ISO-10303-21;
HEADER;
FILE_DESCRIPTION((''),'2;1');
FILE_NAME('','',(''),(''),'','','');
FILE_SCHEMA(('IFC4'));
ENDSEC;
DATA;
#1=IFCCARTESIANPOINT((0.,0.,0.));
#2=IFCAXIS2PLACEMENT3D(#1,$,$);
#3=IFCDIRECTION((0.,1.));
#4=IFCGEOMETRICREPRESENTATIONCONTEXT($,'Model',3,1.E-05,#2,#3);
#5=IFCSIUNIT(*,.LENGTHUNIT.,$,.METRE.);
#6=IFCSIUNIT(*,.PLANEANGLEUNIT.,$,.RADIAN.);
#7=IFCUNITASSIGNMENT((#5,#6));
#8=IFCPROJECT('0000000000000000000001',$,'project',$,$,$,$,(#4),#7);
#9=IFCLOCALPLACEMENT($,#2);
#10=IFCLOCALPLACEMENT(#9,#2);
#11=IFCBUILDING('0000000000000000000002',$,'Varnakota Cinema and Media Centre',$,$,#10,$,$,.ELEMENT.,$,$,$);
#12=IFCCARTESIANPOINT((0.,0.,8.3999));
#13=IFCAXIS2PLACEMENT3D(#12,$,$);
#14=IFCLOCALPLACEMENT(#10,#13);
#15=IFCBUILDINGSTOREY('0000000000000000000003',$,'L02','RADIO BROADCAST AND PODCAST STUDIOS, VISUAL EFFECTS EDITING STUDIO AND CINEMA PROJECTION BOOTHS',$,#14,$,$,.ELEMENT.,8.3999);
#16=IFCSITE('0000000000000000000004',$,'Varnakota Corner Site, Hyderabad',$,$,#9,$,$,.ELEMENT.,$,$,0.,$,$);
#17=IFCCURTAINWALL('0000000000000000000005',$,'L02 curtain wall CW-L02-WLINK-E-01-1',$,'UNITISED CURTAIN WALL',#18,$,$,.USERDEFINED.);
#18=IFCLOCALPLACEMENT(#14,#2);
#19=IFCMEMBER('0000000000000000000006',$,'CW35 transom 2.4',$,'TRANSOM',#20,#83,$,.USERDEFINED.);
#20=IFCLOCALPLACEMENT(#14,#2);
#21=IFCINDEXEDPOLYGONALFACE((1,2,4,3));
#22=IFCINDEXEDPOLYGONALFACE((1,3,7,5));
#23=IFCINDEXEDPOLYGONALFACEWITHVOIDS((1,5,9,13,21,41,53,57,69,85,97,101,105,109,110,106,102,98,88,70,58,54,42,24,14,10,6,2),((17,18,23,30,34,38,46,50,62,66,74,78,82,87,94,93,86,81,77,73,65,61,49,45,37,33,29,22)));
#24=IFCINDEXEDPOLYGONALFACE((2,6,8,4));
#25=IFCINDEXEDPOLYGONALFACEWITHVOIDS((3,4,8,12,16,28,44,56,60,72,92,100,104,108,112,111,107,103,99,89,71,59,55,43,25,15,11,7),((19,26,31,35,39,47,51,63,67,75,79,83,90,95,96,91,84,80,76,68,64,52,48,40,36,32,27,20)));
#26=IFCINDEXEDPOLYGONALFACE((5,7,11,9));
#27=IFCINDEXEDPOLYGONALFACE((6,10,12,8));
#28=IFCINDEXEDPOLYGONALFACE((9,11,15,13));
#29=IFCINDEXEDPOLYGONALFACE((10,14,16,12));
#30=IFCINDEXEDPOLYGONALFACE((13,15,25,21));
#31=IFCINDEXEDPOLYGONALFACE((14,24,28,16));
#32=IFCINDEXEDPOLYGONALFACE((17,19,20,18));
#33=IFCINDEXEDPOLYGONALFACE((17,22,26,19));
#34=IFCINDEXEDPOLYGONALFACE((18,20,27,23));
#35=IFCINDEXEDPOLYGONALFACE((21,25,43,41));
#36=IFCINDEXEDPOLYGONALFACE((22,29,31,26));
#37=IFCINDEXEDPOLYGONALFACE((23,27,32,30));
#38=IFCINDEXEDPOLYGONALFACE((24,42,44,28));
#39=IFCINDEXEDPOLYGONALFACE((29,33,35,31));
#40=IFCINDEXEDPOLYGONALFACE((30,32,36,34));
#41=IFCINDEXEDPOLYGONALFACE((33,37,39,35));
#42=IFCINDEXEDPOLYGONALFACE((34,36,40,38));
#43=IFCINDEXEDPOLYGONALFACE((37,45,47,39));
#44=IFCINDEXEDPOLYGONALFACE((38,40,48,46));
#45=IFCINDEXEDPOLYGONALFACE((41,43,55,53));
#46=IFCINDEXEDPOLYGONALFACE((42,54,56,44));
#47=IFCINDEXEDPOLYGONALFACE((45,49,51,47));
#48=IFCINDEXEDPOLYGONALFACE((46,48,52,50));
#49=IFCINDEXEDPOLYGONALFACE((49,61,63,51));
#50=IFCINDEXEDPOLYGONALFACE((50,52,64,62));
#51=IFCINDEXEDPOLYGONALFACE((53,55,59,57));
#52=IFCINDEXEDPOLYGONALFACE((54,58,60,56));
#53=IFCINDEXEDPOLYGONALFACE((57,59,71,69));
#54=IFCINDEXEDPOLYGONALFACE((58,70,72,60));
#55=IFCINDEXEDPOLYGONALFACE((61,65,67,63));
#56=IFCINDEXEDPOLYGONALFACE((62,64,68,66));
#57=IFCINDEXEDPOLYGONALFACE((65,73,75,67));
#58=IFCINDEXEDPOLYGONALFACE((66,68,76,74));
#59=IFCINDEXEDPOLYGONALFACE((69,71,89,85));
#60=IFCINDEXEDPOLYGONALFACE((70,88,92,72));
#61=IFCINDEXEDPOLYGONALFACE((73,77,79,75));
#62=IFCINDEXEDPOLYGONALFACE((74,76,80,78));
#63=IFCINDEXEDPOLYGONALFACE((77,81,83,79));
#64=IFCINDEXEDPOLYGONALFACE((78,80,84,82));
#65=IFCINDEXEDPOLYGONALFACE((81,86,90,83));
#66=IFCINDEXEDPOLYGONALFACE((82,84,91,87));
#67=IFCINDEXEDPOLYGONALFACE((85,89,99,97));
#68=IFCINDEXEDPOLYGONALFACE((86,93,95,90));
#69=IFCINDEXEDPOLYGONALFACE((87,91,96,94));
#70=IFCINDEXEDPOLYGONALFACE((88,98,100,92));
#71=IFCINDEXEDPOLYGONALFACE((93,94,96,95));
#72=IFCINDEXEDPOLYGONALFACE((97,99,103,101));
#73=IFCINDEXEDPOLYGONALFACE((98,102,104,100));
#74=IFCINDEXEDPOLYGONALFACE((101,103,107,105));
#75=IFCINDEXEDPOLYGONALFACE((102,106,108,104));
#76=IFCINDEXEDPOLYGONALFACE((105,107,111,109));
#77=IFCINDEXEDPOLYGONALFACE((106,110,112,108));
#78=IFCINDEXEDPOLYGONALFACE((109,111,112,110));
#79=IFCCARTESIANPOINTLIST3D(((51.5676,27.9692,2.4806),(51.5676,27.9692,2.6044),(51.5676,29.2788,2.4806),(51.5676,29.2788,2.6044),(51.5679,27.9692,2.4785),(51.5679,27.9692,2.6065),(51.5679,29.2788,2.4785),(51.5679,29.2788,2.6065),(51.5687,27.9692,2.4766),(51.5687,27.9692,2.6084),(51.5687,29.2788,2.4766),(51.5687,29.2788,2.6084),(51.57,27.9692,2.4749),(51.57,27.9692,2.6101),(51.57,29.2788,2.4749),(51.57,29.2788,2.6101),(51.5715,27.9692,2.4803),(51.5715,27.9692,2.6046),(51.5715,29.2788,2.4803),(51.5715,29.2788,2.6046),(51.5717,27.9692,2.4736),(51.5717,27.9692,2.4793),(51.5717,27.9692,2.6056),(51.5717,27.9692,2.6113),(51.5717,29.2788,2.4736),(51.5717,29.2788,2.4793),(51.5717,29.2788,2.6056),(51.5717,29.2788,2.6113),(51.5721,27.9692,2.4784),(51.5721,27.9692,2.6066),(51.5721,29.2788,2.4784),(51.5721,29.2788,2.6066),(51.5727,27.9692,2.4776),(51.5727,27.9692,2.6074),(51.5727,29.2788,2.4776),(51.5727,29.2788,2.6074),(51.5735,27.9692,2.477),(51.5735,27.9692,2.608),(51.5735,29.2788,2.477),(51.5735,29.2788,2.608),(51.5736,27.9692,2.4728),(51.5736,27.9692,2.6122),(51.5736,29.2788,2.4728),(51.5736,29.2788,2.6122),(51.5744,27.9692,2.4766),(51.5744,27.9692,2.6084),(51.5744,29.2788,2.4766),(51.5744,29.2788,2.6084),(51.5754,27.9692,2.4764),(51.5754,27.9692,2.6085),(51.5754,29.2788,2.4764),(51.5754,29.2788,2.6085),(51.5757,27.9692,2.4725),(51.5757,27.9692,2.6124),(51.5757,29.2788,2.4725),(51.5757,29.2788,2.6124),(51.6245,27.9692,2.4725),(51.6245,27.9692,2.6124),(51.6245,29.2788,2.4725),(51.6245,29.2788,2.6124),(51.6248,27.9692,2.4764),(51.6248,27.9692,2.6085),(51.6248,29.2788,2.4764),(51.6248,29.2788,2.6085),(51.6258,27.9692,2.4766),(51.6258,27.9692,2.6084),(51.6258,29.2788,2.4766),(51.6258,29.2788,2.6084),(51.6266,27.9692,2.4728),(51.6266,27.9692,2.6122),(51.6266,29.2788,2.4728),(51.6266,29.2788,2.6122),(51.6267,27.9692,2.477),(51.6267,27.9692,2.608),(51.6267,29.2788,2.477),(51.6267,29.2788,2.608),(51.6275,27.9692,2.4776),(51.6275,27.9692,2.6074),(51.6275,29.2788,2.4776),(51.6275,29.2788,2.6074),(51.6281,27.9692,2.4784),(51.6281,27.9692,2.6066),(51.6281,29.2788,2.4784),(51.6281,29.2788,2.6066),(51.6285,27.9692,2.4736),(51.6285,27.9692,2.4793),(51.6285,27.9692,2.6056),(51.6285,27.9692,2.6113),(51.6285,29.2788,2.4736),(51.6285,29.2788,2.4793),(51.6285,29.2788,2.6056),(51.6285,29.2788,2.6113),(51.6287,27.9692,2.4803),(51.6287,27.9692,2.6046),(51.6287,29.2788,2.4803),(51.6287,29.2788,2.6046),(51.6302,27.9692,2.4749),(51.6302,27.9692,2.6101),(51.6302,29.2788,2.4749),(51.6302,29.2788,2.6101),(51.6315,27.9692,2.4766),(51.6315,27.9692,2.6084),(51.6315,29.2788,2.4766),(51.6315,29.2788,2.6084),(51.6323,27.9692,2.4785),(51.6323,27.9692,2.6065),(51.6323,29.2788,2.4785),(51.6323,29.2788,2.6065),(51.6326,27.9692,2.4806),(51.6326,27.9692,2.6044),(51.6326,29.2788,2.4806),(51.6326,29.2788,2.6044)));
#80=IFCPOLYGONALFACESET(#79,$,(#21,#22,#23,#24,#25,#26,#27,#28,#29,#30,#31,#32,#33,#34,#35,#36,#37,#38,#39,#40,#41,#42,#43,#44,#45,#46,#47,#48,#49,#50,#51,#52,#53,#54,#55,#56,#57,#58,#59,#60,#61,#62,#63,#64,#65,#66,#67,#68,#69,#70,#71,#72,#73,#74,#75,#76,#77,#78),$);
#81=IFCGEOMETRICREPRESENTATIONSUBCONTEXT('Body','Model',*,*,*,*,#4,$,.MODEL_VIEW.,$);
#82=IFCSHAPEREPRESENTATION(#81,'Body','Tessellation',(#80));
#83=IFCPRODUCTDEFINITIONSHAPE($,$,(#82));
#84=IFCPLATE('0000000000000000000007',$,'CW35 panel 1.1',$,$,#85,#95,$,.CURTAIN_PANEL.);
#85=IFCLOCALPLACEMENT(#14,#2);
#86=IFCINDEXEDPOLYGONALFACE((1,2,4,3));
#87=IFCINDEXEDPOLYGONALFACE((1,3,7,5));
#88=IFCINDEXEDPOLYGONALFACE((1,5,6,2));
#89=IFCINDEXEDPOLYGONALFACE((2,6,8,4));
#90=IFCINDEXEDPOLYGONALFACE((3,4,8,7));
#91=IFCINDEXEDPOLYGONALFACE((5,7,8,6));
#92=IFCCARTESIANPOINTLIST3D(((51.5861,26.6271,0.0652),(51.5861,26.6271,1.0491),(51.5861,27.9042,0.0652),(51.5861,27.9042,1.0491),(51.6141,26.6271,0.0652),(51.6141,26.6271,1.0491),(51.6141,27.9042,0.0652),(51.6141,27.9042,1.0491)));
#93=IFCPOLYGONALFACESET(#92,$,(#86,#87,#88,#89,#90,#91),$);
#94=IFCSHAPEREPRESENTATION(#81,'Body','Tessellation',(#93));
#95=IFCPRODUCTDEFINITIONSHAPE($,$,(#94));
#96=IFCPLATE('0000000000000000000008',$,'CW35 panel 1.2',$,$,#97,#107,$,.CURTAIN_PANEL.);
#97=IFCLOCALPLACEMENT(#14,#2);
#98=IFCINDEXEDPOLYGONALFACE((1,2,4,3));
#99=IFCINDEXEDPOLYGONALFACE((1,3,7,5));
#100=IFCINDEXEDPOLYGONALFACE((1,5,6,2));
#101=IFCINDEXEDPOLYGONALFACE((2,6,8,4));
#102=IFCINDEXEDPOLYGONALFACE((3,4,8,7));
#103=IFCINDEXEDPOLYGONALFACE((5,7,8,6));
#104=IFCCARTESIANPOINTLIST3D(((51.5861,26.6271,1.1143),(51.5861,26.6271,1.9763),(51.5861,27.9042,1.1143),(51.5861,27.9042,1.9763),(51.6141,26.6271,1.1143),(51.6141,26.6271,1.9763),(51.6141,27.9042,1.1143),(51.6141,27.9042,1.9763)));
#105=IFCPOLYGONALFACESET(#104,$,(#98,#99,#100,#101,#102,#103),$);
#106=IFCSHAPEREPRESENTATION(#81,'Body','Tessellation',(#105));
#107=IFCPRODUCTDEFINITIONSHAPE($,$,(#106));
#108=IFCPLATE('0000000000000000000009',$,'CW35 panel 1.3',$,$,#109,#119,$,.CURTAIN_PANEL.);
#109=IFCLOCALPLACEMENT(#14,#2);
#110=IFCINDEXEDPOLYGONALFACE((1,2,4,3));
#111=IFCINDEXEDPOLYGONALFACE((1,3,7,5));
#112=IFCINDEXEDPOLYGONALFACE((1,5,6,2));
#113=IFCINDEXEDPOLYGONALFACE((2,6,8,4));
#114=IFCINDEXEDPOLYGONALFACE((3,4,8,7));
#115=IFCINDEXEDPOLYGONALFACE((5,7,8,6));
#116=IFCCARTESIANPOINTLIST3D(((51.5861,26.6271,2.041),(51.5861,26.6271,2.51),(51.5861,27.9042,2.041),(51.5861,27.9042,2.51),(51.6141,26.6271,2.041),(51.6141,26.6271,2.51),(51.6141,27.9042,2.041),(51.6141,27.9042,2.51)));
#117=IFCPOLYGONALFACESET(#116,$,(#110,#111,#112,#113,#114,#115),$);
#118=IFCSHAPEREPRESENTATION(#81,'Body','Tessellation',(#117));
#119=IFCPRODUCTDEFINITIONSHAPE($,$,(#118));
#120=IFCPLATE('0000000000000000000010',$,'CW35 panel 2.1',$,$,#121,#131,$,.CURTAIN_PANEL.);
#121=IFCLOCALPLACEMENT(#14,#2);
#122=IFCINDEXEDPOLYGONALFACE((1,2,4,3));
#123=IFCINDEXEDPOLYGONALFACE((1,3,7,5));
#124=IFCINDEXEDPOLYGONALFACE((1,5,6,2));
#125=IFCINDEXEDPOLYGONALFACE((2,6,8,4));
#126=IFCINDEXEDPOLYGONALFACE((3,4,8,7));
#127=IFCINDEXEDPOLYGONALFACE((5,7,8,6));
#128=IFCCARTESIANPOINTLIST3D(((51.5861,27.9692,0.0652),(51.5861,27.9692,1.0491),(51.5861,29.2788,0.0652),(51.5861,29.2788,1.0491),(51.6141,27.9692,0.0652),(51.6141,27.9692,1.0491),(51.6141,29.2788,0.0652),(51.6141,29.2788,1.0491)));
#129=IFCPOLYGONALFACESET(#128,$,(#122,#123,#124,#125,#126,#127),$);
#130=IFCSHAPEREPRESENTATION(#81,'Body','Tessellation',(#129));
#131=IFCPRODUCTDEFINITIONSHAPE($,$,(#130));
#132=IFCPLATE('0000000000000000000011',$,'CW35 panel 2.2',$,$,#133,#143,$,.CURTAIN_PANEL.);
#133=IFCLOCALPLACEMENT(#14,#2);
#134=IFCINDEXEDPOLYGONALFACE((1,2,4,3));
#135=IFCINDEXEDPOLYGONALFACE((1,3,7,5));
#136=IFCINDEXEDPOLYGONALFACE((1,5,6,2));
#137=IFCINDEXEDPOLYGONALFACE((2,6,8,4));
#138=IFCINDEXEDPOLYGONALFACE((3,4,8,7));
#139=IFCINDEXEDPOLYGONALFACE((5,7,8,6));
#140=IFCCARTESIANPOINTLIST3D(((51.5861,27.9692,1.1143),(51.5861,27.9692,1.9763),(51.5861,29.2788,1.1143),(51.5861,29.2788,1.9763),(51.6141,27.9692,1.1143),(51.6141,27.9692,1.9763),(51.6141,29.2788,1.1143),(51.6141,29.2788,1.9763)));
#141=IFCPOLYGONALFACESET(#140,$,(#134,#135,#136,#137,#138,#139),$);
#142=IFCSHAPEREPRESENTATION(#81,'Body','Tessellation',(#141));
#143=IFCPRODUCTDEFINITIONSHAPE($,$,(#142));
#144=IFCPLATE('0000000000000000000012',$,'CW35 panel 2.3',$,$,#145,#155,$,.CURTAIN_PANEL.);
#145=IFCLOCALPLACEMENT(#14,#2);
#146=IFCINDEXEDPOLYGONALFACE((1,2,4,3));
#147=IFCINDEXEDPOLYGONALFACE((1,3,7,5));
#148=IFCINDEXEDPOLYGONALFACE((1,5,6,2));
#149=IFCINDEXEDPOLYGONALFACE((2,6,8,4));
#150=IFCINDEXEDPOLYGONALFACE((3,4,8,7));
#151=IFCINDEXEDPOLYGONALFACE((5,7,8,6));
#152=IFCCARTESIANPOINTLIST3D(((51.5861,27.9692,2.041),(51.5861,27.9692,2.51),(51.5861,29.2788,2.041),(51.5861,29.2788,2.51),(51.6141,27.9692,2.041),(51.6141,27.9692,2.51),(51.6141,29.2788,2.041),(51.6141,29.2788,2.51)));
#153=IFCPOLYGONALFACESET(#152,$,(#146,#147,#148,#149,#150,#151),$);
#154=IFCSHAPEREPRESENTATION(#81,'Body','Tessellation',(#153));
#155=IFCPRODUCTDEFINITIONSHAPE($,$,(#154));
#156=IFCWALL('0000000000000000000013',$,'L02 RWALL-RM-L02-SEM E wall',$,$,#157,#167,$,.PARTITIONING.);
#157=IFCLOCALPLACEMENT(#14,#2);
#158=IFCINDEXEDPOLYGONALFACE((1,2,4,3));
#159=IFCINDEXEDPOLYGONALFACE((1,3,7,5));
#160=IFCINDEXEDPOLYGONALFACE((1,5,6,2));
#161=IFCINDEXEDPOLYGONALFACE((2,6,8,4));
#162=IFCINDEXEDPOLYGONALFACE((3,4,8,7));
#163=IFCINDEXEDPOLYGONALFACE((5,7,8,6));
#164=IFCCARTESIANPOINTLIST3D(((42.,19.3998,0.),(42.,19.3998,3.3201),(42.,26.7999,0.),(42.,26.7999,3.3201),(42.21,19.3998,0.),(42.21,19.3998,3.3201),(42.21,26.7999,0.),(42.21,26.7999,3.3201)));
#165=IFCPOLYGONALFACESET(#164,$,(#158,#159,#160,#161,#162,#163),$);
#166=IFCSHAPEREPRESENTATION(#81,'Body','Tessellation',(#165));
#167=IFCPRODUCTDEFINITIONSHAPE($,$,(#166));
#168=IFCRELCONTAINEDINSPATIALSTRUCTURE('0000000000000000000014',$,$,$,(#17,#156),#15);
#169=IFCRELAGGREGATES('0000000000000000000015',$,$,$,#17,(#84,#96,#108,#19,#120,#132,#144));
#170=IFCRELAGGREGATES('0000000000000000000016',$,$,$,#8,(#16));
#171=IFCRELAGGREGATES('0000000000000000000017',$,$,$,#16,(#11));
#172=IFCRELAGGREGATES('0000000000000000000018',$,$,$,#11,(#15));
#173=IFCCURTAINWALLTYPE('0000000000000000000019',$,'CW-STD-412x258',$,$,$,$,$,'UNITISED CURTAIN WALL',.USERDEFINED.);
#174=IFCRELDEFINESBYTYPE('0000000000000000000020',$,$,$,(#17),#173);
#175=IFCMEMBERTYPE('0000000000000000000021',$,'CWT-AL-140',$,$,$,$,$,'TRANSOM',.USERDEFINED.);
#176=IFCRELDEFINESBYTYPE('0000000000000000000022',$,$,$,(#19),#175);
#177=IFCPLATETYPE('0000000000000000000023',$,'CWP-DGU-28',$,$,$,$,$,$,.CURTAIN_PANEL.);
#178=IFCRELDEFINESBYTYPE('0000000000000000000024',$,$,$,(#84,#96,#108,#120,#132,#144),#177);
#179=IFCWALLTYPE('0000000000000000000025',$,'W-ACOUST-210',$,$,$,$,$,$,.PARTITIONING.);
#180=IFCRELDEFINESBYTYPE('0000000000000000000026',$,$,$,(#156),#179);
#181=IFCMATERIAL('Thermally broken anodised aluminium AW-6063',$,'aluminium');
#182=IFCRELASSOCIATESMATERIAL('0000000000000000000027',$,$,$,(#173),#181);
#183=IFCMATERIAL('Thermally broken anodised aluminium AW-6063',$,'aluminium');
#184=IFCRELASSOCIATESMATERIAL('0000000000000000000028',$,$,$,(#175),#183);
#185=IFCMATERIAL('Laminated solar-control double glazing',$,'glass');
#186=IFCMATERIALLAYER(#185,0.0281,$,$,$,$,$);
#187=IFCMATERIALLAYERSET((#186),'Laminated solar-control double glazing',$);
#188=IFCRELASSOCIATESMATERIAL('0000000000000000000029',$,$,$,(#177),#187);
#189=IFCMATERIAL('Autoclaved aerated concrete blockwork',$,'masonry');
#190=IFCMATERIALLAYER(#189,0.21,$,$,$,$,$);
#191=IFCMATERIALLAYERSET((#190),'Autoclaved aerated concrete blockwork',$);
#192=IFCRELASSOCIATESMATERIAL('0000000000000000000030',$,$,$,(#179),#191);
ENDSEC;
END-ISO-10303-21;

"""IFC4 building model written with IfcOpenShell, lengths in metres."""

from ifc_helpers import new_model, si_unit, direction, frame, frame_2d, origin, origin_2d, place, context, subcontext, project, spatial, rectangle, hollow_rectangle, extrude, material, layer, layer_set, material_profile, profile_set, type_object, element, aggregate, save


model = new_model("IFC4")

# Units and contexts
model_context = context("Model", 3, precision=1e-05, world=origin(), true_north=direction((0.0, 1.0)))
body_context = subcontext(model_context, "Body", "Model", "MODEL_VIEW")
ifc_project = project(units=[si_unit("LENGTHUNIT", "METRE"), si_unit("PLANEANGLEUNIT", "RADIAN")], contexts=[model_context])

# Site, building, storey
site_placement = place(None, origin())
site = spatial("IfcSite", under=ifc_project, at=site_placement, Name="Varnakota Corner Site, Hyderabad", CompositionType="ELEMENT", RefElevation=0.0)
building_placement = place(site_placement, origin())
building = spatial("IfcBuilding", under=site, at=building_placement, Name="Varnakota Cinema and Media Centre", CompositionType="ELEMENT")
storey_placement = place(building_placement, frame((0.0, 0.0, 8.3999)))
storey = spatial("IfcBuildingStorey", under=building, at=storey_placement, Name="L02", Description="RADIO BROADCAST AND PODCAST STUDIOS, VISUAL EFFECTS EDITING STUDIO AND CINEMA PROJECTION BOOTHS", CompositionType="ELEMENT", Elevation=8.3999)

# Curtain wall, member, plates
ifc_material_1 = material(Name="Thermally broken anodised aluminium AW-6063", Category="aluminium")
curtain_wall_type = type_object("IfcCurtainWallType", Name="CW-STD-412x258", ElementType="UNITISED CURTAIN WALL", PredefinedType="USERDEFINED", material=ifc_material_1)
curtain_wall_placement = place(storey_placement, origin())
curtain_wall = element("IfcCurtainWall", 1, at=curtain_wall_placement, inside=storey, type_object=curtain_wall_type, Name="L02 curtain wall CW-L02-WLINK-E-01-1", ObjectType="UNITISED CURTAIN WALL", PredefinedType="USERDEFINED")
ifc_material_2 = material(Name="Thermally broken anodised aluminium AW-6063", Category="aluminium")
ifc_material_profile_1 = material_profile(ifc_material_2, hollow_rectangle(XDim=0.0649, YDim=0.1399, WallThickness=0.0039, InnerFilletRadius=0.0039, OuterFilletRadius=0.0081, at=origin_2d()), Name="AL-TRANSOM 140x65x4")
ifc_profile_set_1 = profile_set([ifc_material_profile_1], Name="Thermally broken anodised aluminium AW-6063")
member_type_1 = type_object("IfcMemberType", Name="CWT-AL-140", ElementType="TRANSOM", PredefinedType="USERDEFINED", material=ifc_profile_set_1)
member_1_placement = place(storey_placement, frame((51.6001, 27.9692, 2.5425), z_axis=(0.0, 1.0, 0.0), x_axis=(-1.0, 0.0, 0.0)))
member_1 = element("IfcMember", 2, at=member_1_placement, type_object=member_type_1, Name="CW35 transom 2.4", ObjectType="TRANSOM", PredefinedType="USERDEFINED", context=body_context, shape_type="SweptSolid", body=[
    extrude(hollow_rectangle(XDim=0.0649, YDim=0.1399, WallThickness=0.0039, InnerFilletRadius=0.0039, OuterFilletRadius=0.0081, at=origin_2d()), origin(), (0.0, 0.0, 1.0), 1.3096),
])
ifc_material_3 = material(Name="Laminated solar-control double glazing", Category="glass")
ifc_layer_1 = layer(ifc_material_3, 0.0281)
ifc_layer_set_1 = layer_set([ifc_layer_1], Name="Laminated solar-control double glazing")
plate_type = type_object("IfcPlateType", Name="CWP-DGU-28", PredefinedType="CURTAIN_PANEL", material=ifc_layer_set_1)
plate_1_placement = place(storey_placement, frame((51.6001, 27.2656, 0.0652), z_axis=(0.0, 0.0, 1.0), x_axis=(0.0, 1.0, 0.0)))
plate_1 = element("IfcPlate", 3, at=plate_1_placement, type_object=plate_type, Name="CW35 panel 1.1", PredefinedType="CURTAIN_PANEL", context=body_context, shape_type="SweptSolid", body=[
    extrude(rectangle(XDim=1.2771, YDim=0.0281, at=origin_2d()), origin(), (0.0, 0.0, 1.0), 0.9839),
])
plate_2_placement = place(storey_placement, frame((51.6001, 27.2656, 1.1143), z_axis=(0.0, 0.0, 1.0), x_axis=(0.0, 1.0, 0.0)))
plate_2 = element("IfcPlate", 4, at=plate_2_placement, type_object=plate_type, Name="CW35 panel 1.2", PredefinedType="CURTAIN_PANEL", context=body_context, shape_type="SweptSolid", body=[
    extrude(rectangle(XDim=1.2771, YDim=0.0281, at=origin_2d()), origin(), (0.0, 0.0, 1.0), 0.8621),
])
plate_3_placement = place(storey_placement, frame((51.6001, 27.2656, 2.041), z_axis=(0.0, 0.0, 1.0), x_axis=(0.0, 1.0, 0.0)))
plate_3 = element("IfcPlate", 5, at=plate_3_placement, type_object=plate_type, Name="CW35 panel 1.3", PredefinedType="CURTAIN_PANEL", context=body_context, shape_type="SweptSolid", body=[
    extrude(rectangle(XDim=1.2771, YDim=0.0281, at=origin_2d()), origin(), (0.0, 0.0, 1.0), 0.469),
])
plate_4_placement = place(storey_placement, frame((51.6001, 28.624, 0.0652), z_axis=(0.0, 0.0, 1.0), x_axis=(0.0, 1.0, 0.0)))
plate_4 = element("IfcPlate", 6, at=plate_4_placement, type_object=plate_type, Name="CW35 panel 2.1", PredefinedType="CURTAIN_PANEL", context=body_context, shape_type="SweptSolid", body=[
    extrude(rectangle(XDim=1.3096, YDim=0.0281, at=origin_2d()), origin(), (0.0, 0.0, 1.0), 0.9839),
])
plate_5_placement = place(storey_placement, frame((51.6001, 28.624, 1.1143), z_axis=(0.0, 0.0, 1.0), x_axis=(0.0, 1.0, 0.0)))
plate_5 = element("IfcPlate", 7, at=plate_5_placement, type_object=plate_type, Name="CW35 panel 2.2", PredefinedType="CURTAIN_PANEL", context=body_context, shape_type="SweptSolid", body=[
    extrude(rectangle(XDim=1.3096, YDim=0.0281, at=origin_2d()), origin(), (0.0, 0.0, 1.0), 0.8621),
])
plate_6_placement = place(storey_placement, frame((51.6001, 28.624, 2.041), z_axis=(0.0, 0.0, 1.0), x_axis=(0.0, 1.0, 0.0)))
plate_6 = element("IfcPlate", 8, at=plate_6_placement, type_object=plate_type, Name="CW35 panel 2.3", PredefinedType="CURTAIN_PANEL", context=body_context, shape_type="SweptSolid", body=[
    extrude(rectangle(XDim=1.3096, YDim=0.0281, at=origin_2d()), origin(), (0.0, 0.0, 1.0), 0.469),
])
aggregate(curtain_wall, [plate_1, plate_2, plate_3, member_1, plate_4, plate_5, plate_6])

# Wall
ifc_material_4 = material(Name="Autoclaved aerated concrete blockwork", Category="masonry")
ifc_layer_2 = layer(ifc_material_4, 0.21)
ifc_layer_set_2 = layer_set([ifc_layer_2], Name="Autoclaved aerated concrete blockwork")
wall_type_1 = type_object("IfcWallType", Name="W-ACOUST-210", PredefinedType="PARTITIONING", material=ifc_layer_set_2)
wall_1_placement = place(storey_placement, frame((42.105, 26.8, 0.0), z_axis=(0.0, 0.0, 1.0), x_axis=(0.0, -1.0, 0.0)))
element("IfcWall", 9, at=wall_1_placement, inside=storey, type_object=wall_type_1, Name="L02 RWALL-RM-L02-SEM E wall", PredefinedType="PARTITIONING", context=body_context, shape_type="SweptSolid", body=[
    extrude(rectangle(XDim=7.4001, YDim=0.21, at=frame_2d((3.7002, 0.0))), origin(), (0.0, 0.0, 1.0), 3.3201),
])

save(model, "model.ifc")
